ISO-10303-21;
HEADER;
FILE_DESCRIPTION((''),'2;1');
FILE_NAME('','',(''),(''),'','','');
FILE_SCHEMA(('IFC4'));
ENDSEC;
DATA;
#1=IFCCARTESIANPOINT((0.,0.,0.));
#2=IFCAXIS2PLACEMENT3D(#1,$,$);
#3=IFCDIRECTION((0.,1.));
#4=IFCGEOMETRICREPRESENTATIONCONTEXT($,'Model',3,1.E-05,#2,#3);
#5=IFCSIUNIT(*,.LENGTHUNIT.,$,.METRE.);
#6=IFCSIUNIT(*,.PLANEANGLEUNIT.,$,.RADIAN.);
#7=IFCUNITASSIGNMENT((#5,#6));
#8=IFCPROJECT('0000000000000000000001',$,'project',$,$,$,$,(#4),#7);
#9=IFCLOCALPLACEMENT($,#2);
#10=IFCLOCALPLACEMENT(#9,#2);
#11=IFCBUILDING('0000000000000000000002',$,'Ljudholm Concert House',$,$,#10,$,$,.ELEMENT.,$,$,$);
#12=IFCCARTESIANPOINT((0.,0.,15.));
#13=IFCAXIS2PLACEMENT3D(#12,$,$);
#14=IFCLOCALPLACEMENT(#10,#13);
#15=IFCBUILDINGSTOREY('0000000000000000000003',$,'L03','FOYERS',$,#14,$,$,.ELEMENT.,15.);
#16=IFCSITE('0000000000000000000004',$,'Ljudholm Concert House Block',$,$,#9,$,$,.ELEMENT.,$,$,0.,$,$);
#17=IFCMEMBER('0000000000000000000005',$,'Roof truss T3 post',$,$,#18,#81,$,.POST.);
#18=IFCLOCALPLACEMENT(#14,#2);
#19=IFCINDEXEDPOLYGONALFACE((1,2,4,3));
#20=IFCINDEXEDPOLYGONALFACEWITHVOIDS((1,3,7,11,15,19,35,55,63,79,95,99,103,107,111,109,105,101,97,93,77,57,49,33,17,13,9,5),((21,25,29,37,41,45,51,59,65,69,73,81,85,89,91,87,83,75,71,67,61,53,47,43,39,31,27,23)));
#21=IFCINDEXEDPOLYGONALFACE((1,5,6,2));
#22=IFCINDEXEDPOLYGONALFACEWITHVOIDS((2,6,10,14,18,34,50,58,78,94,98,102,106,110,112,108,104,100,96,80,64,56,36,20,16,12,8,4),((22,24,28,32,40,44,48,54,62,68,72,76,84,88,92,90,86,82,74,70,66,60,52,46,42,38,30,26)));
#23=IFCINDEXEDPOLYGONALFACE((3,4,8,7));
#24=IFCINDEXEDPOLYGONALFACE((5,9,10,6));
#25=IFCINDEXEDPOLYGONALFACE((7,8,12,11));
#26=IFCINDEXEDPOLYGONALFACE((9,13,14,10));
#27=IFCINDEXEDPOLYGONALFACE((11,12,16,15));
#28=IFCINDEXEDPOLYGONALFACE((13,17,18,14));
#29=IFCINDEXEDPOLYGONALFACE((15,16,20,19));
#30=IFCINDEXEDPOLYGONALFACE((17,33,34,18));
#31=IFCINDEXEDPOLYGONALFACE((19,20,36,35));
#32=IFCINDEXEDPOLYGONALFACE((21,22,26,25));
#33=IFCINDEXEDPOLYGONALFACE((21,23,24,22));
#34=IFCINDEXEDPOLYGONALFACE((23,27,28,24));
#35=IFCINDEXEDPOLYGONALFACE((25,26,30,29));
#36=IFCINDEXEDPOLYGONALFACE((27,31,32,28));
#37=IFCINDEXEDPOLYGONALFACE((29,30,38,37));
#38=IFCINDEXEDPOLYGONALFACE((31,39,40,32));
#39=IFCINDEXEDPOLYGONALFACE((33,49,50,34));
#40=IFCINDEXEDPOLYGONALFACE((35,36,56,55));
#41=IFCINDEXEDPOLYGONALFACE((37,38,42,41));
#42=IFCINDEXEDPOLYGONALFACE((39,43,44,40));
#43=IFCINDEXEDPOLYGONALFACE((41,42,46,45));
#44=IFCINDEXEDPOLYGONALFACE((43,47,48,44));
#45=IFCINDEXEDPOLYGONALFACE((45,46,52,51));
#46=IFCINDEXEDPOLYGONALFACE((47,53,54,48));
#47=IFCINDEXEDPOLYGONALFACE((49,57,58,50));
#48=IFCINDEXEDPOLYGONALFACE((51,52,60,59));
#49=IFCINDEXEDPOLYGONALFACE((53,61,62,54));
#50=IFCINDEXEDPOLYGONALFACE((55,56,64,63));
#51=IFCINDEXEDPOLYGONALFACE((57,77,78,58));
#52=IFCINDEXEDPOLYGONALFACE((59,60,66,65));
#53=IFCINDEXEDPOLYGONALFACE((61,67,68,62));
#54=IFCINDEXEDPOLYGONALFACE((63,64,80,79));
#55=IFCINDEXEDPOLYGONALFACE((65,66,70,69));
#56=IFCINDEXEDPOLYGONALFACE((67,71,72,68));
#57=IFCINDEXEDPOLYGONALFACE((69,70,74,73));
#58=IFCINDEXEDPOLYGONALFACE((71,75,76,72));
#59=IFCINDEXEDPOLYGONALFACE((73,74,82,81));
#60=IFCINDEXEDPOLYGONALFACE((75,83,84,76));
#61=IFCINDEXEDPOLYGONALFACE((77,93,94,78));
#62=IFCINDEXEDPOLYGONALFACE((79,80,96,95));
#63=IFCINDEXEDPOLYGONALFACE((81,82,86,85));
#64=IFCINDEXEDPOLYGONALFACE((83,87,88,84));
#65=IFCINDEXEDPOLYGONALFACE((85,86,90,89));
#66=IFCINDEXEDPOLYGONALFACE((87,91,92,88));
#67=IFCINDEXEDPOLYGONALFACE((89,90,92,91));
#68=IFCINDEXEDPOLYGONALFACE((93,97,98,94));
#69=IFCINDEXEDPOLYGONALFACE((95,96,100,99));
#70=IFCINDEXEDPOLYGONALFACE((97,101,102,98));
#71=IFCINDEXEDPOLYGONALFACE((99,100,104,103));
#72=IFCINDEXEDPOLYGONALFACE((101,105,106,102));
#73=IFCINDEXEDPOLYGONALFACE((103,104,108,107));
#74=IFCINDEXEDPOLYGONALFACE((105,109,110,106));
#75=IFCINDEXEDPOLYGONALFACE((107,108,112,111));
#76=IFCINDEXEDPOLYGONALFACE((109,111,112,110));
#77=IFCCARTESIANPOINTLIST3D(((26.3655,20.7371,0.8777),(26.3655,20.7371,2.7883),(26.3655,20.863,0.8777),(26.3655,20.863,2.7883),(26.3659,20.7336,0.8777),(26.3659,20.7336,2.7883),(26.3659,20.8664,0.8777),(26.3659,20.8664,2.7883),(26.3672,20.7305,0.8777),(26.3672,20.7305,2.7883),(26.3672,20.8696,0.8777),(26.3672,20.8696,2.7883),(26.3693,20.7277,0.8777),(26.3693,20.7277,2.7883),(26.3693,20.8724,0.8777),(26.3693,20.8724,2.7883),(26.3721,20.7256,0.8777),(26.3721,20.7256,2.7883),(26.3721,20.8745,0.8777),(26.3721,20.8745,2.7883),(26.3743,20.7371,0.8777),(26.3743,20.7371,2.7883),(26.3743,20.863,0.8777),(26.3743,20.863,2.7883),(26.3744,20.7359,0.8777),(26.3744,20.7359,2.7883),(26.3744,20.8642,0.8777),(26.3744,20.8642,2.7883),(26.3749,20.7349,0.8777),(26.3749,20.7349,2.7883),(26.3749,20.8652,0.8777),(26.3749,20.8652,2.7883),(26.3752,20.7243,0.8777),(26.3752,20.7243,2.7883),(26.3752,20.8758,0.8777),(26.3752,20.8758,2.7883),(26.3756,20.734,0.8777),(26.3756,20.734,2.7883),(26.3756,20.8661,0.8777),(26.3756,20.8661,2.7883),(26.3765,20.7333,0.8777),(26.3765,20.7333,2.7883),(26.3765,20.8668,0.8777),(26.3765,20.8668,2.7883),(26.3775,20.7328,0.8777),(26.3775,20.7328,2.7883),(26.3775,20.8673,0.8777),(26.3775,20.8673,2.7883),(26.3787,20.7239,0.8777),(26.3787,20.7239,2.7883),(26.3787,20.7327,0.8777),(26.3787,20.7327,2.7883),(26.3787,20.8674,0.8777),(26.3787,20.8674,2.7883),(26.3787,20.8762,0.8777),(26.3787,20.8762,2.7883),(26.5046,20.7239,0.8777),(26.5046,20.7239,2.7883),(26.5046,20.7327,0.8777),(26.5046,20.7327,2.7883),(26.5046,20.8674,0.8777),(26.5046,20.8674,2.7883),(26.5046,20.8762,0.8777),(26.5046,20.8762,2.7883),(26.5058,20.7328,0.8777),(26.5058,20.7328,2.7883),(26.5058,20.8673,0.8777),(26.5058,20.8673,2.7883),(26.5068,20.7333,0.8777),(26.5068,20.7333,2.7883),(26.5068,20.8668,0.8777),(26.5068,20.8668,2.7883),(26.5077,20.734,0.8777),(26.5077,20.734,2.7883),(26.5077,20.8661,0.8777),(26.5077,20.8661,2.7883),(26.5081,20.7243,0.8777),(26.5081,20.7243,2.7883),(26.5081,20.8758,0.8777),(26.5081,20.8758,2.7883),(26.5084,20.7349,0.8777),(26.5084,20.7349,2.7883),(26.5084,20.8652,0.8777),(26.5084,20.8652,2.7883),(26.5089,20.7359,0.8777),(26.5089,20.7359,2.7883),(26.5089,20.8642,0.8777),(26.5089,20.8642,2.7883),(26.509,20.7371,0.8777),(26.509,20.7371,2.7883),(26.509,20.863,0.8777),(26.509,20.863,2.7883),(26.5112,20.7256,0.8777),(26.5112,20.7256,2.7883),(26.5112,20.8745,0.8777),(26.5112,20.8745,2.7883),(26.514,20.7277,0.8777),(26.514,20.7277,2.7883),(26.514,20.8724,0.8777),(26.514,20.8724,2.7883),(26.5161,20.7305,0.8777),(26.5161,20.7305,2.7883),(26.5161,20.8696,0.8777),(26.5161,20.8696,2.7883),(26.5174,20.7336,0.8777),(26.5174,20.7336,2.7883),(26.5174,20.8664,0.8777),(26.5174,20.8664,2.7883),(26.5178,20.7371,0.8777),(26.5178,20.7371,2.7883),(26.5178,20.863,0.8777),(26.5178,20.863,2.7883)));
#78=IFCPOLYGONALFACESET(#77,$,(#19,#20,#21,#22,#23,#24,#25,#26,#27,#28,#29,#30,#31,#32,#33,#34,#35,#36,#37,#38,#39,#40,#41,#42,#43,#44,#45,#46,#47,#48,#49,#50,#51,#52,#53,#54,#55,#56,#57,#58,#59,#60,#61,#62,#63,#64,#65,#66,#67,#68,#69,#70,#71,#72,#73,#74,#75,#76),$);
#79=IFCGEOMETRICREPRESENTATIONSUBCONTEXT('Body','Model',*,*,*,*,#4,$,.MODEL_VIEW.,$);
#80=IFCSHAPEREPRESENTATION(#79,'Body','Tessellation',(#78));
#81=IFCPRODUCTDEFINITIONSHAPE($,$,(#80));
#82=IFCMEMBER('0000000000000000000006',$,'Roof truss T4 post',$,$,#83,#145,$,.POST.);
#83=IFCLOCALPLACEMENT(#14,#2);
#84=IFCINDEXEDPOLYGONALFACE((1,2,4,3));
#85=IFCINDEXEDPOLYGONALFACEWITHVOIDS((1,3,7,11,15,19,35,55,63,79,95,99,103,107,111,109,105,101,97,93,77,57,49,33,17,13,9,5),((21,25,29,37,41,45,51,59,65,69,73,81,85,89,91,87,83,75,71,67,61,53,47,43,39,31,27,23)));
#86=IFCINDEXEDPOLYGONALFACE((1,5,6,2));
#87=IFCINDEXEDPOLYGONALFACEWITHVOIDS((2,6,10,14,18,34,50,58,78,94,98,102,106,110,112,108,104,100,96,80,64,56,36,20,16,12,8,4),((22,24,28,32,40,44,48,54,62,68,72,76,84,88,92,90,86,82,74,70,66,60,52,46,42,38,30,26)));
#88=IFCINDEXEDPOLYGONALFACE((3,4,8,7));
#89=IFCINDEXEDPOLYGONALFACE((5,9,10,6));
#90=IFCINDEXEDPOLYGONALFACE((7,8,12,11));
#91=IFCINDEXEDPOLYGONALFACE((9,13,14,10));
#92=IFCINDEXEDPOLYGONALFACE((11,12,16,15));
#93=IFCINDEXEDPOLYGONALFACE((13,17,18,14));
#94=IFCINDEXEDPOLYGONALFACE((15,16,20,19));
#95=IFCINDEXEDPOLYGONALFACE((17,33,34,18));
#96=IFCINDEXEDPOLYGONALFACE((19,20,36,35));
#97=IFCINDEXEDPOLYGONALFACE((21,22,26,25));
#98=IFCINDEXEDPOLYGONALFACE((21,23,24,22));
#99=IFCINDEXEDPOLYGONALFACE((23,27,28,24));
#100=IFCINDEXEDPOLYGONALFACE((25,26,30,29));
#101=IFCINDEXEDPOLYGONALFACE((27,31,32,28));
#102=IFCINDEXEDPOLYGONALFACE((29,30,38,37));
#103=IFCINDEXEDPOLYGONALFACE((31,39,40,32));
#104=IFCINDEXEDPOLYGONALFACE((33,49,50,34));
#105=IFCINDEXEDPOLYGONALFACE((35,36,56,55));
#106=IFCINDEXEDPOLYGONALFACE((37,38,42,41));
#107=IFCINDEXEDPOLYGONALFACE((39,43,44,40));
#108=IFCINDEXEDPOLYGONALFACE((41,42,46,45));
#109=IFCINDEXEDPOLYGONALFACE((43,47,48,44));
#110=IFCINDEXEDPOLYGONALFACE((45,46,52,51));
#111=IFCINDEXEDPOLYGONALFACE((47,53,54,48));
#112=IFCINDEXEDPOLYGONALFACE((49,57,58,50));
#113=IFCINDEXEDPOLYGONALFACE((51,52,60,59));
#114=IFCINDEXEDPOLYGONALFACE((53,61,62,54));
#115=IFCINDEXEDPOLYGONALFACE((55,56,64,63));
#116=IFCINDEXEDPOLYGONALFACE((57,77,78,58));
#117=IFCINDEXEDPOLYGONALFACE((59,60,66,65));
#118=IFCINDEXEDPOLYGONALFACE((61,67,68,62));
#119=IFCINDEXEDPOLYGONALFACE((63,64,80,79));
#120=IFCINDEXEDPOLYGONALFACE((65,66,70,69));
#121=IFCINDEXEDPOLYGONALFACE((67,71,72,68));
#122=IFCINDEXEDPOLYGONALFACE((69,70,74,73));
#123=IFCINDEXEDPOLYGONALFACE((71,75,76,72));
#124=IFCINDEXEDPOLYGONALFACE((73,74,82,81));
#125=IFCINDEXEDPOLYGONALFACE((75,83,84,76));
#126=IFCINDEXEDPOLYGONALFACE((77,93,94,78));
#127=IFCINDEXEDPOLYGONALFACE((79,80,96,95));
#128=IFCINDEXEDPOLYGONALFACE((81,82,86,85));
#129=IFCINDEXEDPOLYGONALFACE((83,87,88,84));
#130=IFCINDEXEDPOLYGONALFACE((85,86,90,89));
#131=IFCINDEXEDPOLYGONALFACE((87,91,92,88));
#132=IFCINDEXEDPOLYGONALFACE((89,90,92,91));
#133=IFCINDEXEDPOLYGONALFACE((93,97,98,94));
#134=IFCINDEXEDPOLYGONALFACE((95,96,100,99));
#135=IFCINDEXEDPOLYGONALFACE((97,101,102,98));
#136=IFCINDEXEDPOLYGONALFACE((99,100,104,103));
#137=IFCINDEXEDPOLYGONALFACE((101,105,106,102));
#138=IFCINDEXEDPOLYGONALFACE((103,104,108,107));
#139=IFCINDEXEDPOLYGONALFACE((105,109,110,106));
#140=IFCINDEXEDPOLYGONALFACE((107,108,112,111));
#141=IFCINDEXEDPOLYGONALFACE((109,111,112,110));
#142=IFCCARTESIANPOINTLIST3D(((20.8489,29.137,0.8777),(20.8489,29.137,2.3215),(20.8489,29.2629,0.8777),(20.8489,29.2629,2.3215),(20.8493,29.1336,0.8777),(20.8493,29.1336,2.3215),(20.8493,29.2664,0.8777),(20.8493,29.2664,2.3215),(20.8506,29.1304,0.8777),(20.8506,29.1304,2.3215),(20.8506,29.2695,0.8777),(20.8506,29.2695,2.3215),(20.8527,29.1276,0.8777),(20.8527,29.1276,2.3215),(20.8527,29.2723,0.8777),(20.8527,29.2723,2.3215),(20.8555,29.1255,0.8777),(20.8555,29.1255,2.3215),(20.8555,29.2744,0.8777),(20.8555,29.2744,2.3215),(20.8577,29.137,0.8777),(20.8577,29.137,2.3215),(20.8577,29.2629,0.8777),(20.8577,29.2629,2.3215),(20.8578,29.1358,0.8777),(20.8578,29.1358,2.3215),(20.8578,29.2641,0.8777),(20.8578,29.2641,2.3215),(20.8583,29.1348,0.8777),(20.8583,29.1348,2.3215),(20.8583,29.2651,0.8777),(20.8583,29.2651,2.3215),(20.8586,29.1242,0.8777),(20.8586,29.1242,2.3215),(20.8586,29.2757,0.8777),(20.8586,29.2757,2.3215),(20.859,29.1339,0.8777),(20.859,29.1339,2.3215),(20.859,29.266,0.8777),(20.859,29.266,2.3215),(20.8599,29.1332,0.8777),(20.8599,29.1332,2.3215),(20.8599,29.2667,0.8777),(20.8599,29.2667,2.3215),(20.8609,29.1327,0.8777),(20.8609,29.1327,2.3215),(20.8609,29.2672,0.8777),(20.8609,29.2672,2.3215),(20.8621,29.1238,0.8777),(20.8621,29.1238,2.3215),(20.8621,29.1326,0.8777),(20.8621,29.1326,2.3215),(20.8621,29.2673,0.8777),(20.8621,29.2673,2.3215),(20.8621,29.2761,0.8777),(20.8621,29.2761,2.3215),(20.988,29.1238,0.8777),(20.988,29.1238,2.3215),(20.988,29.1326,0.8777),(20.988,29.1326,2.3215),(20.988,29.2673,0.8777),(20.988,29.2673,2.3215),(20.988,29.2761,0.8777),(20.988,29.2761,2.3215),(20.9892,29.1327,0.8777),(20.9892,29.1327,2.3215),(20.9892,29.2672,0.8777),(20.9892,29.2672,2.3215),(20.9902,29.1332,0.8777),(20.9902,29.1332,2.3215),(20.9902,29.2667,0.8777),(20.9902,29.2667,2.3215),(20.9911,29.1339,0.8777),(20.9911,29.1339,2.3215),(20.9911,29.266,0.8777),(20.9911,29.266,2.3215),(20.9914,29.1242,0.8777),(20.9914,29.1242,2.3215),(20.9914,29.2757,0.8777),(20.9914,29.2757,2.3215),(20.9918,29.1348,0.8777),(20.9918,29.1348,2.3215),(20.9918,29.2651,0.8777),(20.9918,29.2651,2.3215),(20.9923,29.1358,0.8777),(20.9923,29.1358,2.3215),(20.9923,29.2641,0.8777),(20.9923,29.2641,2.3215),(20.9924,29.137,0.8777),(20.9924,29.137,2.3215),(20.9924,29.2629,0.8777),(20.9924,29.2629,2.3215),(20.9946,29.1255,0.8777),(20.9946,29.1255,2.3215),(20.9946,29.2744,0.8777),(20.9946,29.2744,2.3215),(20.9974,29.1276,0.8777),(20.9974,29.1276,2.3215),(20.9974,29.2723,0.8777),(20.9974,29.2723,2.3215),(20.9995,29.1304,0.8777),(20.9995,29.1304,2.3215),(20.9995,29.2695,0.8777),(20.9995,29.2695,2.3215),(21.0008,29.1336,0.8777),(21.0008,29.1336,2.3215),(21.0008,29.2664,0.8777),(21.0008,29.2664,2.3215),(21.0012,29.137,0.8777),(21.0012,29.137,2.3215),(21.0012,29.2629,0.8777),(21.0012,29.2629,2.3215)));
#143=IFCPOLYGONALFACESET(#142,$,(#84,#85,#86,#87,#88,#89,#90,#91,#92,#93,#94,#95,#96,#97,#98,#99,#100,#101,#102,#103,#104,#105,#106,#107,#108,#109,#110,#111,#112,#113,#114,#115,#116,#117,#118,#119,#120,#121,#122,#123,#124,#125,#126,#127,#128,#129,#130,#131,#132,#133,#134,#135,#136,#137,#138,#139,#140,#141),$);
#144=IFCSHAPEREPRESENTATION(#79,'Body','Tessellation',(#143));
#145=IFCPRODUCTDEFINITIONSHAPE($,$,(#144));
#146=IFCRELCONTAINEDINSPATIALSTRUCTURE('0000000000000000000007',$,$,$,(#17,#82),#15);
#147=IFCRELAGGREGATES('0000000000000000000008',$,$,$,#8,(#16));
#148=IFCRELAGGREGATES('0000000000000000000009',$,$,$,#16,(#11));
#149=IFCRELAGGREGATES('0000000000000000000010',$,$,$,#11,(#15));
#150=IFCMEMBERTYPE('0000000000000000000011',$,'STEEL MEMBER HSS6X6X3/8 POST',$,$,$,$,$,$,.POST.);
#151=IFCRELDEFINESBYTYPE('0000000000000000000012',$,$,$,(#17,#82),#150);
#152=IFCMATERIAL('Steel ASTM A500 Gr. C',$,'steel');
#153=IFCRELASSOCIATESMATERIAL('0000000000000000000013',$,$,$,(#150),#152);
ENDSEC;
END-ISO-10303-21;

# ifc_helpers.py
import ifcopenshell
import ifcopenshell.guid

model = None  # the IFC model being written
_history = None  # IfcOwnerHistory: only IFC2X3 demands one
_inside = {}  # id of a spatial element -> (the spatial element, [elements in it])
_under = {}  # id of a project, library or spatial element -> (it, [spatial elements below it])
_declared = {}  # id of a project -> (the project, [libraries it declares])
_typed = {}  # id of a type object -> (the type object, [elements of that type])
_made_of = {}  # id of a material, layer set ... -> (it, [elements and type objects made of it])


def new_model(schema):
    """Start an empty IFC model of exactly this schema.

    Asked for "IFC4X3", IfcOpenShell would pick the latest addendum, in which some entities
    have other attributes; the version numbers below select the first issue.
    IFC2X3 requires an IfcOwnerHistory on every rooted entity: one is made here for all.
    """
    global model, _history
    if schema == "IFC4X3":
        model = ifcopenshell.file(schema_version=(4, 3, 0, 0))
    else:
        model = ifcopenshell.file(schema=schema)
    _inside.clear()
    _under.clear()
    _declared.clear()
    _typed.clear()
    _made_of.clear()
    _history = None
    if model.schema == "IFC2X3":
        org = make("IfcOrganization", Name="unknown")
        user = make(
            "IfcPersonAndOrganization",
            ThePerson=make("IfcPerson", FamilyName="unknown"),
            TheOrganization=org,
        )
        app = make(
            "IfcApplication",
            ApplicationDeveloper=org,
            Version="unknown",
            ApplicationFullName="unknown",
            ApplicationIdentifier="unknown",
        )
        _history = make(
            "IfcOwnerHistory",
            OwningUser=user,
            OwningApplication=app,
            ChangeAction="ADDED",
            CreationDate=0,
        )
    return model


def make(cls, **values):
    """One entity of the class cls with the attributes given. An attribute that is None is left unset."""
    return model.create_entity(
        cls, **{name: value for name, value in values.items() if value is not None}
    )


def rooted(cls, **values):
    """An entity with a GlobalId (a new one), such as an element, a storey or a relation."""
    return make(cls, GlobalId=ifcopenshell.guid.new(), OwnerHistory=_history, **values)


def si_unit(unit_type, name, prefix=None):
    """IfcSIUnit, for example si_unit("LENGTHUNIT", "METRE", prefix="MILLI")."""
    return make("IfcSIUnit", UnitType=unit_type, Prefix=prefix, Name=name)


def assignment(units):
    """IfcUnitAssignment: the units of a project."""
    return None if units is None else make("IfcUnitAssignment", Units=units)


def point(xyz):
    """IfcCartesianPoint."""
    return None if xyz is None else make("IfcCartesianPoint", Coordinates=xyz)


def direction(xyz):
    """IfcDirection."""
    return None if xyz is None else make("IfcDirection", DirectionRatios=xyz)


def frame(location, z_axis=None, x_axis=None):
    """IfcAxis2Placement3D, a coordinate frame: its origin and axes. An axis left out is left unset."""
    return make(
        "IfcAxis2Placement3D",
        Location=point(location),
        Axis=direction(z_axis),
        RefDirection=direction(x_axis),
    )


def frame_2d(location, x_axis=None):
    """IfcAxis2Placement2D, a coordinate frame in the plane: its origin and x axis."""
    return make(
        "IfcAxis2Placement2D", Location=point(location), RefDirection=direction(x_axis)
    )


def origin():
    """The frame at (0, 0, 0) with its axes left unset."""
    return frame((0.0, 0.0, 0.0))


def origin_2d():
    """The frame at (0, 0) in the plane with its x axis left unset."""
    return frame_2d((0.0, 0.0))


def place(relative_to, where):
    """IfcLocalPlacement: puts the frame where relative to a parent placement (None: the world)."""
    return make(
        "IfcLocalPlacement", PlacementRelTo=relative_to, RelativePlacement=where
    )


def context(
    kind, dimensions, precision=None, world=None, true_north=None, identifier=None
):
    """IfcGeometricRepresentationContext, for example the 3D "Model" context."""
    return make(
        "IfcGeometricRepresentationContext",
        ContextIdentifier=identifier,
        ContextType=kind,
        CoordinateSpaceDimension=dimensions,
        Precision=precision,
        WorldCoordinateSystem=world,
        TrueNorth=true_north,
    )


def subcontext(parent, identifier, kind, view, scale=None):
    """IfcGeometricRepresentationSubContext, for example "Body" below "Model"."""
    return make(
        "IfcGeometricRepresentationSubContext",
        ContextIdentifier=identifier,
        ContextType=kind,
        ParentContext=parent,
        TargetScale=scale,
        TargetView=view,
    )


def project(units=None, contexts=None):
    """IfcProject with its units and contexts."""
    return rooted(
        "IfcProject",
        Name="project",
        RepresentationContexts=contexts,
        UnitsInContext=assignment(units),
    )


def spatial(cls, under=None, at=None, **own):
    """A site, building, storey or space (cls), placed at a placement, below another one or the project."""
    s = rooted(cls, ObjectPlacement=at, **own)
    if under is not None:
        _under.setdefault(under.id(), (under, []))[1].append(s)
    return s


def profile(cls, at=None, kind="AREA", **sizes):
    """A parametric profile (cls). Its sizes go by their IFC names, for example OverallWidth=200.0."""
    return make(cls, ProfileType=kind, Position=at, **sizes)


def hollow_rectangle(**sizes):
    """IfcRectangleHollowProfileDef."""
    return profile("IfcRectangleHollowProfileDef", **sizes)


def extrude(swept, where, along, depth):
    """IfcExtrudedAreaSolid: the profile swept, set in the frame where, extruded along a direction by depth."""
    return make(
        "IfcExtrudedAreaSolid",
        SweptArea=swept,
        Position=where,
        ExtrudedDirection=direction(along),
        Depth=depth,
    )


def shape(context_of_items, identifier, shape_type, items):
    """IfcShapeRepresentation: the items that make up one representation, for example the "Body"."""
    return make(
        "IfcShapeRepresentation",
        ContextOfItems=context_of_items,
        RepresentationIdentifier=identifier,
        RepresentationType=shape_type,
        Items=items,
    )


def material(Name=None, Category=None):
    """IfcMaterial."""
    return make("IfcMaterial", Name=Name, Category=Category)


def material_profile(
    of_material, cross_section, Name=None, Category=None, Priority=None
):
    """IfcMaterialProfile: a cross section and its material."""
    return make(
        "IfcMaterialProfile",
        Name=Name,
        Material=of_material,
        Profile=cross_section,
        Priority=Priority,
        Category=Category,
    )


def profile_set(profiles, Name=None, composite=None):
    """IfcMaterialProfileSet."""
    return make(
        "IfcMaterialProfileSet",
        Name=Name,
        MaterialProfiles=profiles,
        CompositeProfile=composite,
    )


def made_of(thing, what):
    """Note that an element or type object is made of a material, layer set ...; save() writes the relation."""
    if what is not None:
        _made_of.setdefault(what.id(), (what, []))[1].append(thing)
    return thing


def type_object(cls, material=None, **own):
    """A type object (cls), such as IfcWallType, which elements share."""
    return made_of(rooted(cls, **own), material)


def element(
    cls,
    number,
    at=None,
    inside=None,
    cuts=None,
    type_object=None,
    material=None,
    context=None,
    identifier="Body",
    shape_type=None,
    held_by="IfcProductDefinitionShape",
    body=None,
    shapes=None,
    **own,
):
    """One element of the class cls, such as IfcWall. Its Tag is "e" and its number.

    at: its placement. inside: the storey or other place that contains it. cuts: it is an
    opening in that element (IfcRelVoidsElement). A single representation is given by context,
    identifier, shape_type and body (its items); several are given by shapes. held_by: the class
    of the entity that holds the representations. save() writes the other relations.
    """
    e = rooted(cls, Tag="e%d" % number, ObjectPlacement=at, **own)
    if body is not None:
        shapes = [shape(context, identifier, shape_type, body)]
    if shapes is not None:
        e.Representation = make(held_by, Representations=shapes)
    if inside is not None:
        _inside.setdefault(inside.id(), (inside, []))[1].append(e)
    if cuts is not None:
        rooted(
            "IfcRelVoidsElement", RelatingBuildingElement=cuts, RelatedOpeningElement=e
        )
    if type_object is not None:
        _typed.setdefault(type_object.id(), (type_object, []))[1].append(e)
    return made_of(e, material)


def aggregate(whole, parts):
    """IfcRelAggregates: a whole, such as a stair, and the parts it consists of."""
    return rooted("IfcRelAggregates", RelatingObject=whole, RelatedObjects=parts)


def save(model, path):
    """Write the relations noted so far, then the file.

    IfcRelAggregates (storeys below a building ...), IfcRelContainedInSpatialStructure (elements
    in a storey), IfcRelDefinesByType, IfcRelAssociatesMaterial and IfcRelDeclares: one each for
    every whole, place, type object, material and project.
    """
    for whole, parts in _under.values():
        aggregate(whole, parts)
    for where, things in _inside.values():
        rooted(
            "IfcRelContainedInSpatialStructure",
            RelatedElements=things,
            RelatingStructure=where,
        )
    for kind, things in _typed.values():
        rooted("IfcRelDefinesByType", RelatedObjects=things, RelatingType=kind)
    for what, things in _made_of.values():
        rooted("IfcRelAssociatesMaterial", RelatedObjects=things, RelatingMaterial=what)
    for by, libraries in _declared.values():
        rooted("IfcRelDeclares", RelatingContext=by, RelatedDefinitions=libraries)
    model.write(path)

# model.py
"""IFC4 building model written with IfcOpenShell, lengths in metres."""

from ifc_helpers import new_model, si_unit, direction, frame, origin, origin_2d, place, context, subcontext, project, spatial, hollow_rectangle, extrude, material, material_profile, profile_set, type_object, element, save


model = new_model("IFC4")

# Units and contexts
model_context = context("Model", 3, precision=1e-05, world=origin(), true_north=direction((0.0, 1.0)))
body_context = subcontext(model_context, "Body", "Model", "MODEL_VIEW")
ifc_project = project(units=[si_unit("LENGTHUNIT", "METRE"), si_unit("PLANEANGLEUNIT", "RADIAN")], contexts=[model_context])

# Site, building, storey
site_placement = place(None, origin())
site = spatial("IfcSite", under=ifc_project, at=site_placement, Name="Ljudholm Concert House Block", CompositionType="ELEMENT", RefElevation=0.0)
building_placement = place(site_placement, origin())
building = spatial("IfcBuilding", under=site, at=building_placement, Name="Ljudholm Concert House", CompositionType="ELEMENT")
storey_placement = place(building_placement, frame((0.0, 0.0, 15.0)))
storey = spatial("IfcBuildingStorey", under=building, at=storey_placement, Name="L03", Description="FOYERS", CompositionType="ELEMENT", Elevation=15.0)

# Members
ifc_material_1 = material(Name="Steel ASTM A500 Gr. C", Category="steel")
ifc_material_profile_1 = material_profile(ifc_material_1, hollow_rectangle(XDim=0.1523, YDim=0.1523, WallThickness=0.0088, InnerFilletRadius=0.0044, OuterFilletRadius=0.0132, at=origin_2d()), Name="HSS6X6X3/8")
ifc_profile_set_1 = profile_set([ifc_material_profile_1], Name="Steel ASTM A500 Gr. C")
member_type_1 = type_object("IfcMemberType", Name="STEEL MEMBER HSS6X6X3/8 POST", PredefinedType="POST", material=ifc_profile_set_1)
member_1_placement = place(storey_placement, frame((26.4417, 20.8, 0.8777), z_axis=(0.0, 0.0, 1.0), x_axis=(1.0, 0.0, 0.0)))
element("IfcMember", 1, at=member_1_placement, inside=storey, type_object=member_type_1, Name="Roof truss T3 post", PredefinedType="POST", context=body_context, shape_type="SweptSolid", body=[
    extrude(hollow_rectangle(XDim=0.1523, YDim=0.1523, WallThickness=0.0088, InnerFilletRadius=0.0044, OuterFilletRadius=0.0132, at=origin_2d()), origin(), (0.0, 0.0, 1.0), 1.9106),
])
member_2_placement = place(storey_placement, frame((20.925, 29.2, 0.8777), z_axis=(0.0, 0.0, 1.0), x_axis=(1.0, 0.0, 0.0)))
element("IfcMember", 2, at=member_2_placement, inside=storey, type_object=member_type_1, Name="Roof truss T4 post", PredefinedType="POST", context=body_context, shape_type="SweptSolid", body=[
    extrude(hollow_rectangle(XDim=0.1523, YDim=0.1523, WallThickness=0.0088, InnerFilletRadius=0.0044, OuterFilletRadius=0.0132, at=origin_2d()), origin(), (0.0, 0.0, 1.0), 1.4438),
])

save(model, "model.ifc")
